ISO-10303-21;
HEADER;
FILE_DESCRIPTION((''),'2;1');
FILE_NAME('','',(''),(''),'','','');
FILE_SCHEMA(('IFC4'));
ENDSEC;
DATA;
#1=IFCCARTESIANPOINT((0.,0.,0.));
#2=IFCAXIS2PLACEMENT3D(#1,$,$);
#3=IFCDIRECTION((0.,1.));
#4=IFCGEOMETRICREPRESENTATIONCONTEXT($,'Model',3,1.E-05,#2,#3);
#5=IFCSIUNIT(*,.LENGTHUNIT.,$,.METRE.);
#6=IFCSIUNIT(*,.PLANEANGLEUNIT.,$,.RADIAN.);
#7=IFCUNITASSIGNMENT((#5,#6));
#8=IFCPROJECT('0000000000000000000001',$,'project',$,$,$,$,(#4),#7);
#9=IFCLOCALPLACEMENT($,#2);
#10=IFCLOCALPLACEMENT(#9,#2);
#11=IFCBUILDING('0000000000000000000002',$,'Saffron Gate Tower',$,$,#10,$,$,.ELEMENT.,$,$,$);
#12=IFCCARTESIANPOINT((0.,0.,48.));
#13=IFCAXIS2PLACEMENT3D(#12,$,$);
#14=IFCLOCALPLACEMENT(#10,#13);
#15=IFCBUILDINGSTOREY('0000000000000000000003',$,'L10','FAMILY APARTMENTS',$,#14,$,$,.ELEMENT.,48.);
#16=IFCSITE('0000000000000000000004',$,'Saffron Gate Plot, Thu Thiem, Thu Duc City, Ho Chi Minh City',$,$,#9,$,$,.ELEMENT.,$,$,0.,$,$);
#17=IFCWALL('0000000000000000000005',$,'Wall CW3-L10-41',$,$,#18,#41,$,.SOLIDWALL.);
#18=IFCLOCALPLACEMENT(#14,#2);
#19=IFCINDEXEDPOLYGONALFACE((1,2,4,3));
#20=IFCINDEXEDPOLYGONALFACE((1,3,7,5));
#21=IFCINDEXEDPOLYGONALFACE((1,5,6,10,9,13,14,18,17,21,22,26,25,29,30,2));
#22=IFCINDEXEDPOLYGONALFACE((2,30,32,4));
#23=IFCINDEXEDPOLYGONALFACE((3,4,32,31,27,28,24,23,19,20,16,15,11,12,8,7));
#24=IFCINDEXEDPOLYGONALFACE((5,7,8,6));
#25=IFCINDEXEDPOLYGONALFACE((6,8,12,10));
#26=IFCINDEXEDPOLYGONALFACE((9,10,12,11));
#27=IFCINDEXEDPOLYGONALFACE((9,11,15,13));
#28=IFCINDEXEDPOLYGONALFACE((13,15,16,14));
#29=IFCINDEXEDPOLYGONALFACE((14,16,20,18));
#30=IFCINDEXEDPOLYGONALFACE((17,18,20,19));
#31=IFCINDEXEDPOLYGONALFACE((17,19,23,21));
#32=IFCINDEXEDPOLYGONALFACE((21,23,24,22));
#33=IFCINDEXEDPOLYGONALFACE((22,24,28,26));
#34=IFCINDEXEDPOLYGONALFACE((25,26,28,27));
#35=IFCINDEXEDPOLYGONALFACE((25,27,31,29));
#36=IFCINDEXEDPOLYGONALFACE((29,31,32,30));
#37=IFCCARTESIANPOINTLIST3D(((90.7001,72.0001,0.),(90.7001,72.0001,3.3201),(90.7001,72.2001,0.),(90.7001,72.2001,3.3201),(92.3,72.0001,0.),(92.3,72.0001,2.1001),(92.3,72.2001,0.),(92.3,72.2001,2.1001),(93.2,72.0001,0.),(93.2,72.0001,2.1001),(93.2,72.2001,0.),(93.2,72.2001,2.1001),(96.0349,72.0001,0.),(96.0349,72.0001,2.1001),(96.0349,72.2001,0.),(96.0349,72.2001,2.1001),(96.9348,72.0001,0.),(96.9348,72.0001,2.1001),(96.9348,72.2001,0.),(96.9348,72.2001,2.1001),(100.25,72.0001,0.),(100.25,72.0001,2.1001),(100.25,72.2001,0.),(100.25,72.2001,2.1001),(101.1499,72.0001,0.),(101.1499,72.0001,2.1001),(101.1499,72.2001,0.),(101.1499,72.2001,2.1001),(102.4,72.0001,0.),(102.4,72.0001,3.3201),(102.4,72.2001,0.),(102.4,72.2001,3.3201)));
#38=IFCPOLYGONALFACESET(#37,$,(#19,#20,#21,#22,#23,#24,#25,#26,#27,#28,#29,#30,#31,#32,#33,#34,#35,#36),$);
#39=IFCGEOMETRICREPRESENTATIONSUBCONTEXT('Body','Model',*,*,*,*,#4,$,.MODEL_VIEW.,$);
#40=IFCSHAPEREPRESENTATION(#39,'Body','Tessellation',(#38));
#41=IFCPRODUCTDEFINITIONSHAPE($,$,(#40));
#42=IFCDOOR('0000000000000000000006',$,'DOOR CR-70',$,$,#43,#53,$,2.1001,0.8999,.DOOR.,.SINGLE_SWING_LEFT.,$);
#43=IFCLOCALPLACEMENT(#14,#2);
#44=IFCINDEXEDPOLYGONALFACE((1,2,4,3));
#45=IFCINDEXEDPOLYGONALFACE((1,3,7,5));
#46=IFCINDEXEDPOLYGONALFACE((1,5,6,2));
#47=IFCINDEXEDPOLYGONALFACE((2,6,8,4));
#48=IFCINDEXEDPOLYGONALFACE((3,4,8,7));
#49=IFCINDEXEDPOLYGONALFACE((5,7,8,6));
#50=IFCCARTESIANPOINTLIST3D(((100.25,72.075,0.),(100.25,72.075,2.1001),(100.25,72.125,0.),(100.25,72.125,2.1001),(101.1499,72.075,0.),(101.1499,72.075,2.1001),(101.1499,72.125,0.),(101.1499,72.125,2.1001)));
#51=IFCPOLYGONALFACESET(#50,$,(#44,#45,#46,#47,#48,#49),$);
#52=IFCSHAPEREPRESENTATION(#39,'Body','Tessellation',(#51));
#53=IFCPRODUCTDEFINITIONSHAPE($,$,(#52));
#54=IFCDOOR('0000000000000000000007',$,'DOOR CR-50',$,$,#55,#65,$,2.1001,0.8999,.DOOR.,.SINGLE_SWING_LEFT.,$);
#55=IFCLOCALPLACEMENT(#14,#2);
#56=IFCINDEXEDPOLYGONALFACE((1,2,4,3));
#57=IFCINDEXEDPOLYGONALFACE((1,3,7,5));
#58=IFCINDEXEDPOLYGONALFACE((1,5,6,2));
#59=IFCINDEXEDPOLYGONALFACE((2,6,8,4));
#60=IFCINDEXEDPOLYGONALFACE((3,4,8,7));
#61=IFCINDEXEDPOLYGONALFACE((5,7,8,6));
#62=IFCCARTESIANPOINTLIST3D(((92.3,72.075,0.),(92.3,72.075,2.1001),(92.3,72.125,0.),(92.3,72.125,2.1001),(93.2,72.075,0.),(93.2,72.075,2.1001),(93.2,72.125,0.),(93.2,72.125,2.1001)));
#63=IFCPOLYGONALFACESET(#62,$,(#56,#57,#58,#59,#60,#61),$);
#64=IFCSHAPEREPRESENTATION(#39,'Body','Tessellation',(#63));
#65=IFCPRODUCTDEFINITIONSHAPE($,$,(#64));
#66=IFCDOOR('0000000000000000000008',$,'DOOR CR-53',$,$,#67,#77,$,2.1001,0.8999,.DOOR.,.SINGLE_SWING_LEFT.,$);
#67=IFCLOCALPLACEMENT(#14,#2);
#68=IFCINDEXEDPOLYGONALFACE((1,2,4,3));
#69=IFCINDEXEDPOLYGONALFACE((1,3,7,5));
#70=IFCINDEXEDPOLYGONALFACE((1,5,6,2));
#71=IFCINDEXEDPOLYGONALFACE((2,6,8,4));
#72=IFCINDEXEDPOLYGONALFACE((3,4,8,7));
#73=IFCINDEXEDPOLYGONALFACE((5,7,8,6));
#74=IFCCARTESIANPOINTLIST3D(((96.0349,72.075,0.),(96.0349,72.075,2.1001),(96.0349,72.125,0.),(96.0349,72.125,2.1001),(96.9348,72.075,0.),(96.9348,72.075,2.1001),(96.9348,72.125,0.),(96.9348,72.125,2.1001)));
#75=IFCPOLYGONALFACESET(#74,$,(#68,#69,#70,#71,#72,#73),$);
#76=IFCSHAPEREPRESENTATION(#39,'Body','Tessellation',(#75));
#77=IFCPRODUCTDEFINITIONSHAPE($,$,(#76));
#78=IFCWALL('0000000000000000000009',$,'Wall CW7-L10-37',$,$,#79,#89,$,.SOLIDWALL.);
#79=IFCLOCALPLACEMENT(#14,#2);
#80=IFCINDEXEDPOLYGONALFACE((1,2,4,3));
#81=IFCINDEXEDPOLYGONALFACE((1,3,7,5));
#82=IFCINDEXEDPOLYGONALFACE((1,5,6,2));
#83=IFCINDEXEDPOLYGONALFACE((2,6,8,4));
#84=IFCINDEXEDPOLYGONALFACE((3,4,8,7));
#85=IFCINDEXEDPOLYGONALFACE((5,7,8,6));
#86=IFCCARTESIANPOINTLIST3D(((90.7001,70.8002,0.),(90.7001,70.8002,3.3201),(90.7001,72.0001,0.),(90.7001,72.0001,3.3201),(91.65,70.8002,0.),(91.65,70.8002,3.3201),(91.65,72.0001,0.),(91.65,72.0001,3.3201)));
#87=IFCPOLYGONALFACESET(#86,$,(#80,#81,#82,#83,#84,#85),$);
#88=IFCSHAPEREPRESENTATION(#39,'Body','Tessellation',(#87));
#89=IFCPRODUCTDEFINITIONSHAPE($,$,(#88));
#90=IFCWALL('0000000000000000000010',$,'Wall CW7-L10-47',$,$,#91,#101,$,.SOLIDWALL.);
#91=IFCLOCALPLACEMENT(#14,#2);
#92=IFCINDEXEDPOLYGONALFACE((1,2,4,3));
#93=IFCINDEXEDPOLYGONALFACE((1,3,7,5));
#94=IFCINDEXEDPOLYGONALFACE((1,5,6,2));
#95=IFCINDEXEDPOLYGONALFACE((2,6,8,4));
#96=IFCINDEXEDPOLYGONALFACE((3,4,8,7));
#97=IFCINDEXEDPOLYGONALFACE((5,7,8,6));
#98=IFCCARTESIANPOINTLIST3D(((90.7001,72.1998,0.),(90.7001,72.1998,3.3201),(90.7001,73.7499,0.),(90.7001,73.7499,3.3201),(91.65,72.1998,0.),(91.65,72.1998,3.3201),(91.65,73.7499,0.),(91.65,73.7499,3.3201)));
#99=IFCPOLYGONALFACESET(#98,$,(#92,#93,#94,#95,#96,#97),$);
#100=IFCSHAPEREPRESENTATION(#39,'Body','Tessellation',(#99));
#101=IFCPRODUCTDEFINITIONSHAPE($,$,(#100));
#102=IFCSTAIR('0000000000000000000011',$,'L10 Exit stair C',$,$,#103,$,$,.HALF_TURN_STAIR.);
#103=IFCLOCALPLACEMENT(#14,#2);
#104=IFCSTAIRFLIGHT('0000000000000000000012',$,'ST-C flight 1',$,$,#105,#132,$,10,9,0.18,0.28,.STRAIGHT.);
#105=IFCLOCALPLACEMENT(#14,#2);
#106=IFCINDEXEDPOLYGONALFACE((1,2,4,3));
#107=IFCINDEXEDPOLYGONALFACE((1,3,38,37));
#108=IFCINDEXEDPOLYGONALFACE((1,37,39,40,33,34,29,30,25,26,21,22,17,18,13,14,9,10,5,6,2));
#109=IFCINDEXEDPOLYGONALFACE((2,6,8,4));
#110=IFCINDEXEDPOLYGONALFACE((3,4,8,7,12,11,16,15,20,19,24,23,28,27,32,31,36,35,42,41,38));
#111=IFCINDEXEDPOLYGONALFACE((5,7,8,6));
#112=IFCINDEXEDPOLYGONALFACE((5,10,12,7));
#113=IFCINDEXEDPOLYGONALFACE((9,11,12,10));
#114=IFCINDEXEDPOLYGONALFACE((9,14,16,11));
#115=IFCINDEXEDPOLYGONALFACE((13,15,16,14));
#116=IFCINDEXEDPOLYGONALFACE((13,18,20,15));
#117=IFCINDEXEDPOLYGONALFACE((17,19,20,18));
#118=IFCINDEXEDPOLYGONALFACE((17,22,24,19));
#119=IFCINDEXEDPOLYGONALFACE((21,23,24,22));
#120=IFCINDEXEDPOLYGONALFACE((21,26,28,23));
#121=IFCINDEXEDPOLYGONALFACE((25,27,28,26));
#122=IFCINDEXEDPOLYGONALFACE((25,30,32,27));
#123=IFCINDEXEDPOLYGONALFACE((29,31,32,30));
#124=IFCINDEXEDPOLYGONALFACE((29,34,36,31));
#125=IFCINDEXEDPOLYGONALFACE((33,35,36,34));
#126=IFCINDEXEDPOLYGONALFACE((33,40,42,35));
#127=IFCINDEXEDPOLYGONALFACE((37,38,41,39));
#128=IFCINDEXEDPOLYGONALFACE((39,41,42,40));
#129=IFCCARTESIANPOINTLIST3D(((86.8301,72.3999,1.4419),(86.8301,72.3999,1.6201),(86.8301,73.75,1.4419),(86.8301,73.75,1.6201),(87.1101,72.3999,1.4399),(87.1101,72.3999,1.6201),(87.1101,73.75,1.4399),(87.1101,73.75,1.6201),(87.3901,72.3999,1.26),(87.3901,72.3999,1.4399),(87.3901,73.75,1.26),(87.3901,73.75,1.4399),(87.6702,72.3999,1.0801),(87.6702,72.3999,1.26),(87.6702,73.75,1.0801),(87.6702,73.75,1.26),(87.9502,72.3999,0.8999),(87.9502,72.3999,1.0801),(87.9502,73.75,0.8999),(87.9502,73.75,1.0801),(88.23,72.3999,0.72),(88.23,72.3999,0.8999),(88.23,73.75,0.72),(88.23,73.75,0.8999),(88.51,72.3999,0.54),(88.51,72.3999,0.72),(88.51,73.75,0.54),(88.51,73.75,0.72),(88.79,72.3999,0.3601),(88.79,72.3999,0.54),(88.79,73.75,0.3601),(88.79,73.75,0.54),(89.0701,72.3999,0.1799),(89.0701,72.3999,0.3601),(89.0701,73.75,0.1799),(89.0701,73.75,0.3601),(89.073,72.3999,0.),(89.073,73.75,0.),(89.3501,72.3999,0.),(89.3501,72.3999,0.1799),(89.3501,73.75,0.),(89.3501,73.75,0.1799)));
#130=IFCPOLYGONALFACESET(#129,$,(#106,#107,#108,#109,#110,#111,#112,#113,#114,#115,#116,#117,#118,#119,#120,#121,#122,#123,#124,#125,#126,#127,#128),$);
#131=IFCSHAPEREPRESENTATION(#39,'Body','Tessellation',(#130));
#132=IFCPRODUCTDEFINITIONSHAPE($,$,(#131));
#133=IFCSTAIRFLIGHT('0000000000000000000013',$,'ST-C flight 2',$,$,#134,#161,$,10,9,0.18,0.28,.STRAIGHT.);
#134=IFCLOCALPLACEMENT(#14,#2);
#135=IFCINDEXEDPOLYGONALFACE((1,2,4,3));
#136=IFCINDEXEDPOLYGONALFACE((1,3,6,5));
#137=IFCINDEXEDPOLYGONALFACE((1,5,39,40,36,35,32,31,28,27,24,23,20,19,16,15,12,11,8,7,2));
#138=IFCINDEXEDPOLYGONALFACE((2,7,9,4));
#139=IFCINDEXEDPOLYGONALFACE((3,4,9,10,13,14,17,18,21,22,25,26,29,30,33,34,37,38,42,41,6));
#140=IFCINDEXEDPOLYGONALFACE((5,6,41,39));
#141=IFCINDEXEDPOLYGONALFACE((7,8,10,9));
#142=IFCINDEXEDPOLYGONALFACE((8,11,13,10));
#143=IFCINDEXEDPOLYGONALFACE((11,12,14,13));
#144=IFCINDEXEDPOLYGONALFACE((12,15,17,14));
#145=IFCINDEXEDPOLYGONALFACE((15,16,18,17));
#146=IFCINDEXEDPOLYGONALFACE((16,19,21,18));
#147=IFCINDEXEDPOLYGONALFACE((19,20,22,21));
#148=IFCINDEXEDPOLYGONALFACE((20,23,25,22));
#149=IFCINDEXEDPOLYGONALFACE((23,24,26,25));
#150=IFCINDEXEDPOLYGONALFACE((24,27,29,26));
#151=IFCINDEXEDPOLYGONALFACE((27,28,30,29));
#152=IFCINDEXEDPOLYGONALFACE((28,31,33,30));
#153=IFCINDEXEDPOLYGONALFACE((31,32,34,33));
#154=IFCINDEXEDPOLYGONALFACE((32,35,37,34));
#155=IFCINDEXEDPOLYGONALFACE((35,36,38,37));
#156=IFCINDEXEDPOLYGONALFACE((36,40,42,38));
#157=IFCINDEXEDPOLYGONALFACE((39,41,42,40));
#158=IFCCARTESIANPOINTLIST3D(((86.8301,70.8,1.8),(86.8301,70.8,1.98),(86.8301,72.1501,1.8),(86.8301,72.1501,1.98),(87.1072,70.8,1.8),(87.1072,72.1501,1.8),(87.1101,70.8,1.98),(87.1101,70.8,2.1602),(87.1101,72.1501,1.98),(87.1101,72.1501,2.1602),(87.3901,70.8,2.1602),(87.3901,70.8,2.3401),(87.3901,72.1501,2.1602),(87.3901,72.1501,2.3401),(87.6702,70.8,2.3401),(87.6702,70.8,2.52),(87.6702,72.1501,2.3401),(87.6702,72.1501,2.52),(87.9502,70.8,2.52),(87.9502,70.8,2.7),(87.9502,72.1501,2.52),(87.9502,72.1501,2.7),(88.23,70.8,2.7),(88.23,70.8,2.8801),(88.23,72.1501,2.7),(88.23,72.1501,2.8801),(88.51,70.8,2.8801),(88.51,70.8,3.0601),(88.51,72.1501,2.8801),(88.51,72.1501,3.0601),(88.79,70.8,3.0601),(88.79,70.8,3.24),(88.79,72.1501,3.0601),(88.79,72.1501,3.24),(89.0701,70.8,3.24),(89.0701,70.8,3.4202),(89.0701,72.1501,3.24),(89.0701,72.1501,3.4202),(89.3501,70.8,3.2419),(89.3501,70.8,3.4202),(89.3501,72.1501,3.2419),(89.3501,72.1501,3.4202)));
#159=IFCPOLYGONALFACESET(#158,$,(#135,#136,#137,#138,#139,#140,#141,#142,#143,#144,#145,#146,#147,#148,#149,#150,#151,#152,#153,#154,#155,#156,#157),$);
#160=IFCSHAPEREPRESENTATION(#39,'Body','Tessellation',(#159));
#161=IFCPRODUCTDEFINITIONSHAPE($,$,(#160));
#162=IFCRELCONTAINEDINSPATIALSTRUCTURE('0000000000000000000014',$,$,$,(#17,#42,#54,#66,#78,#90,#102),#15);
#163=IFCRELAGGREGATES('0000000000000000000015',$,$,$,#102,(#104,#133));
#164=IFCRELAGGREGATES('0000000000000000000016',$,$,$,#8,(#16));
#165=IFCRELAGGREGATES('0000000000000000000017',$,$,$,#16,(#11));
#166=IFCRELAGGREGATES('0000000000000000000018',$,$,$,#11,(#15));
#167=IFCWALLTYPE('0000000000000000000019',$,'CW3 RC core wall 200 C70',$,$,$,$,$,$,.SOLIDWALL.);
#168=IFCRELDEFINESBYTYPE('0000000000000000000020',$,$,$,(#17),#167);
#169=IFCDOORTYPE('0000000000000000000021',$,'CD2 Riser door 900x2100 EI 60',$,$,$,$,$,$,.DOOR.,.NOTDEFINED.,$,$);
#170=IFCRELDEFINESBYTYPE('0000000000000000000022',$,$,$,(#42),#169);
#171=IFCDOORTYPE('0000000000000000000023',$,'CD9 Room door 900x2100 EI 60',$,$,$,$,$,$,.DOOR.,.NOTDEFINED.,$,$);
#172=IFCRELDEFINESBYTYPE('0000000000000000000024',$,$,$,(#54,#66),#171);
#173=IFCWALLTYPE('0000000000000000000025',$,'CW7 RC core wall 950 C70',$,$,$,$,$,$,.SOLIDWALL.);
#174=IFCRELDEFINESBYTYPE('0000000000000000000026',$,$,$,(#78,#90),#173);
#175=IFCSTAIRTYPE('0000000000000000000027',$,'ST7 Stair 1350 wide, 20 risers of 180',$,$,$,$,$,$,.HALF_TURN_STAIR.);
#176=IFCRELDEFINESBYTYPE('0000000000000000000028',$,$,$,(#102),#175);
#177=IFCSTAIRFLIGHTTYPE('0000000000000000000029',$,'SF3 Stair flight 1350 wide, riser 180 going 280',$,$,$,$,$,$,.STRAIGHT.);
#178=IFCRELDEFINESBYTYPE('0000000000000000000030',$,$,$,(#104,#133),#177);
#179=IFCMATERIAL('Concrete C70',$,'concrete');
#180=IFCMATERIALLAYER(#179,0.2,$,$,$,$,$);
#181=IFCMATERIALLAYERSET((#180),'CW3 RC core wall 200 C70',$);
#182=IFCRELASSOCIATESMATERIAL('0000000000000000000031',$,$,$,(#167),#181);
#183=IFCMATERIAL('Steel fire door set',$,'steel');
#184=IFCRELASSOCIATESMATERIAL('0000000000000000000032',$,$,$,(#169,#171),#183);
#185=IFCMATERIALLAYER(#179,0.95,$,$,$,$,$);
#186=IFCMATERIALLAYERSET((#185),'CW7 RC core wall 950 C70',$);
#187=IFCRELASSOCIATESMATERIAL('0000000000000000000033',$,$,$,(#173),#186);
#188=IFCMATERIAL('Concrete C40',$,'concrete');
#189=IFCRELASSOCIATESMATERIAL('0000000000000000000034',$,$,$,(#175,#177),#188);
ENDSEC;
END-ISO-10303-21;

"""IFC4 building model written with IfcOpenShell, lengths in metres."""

from ifc_helpers import new_model, si_unit, direction, frame, frame_2d, origin, place, context, subcontext, project, spatial, polyline, rectangle, outline, extrude, material, layer, layer_set, type_object, element, fill, aggregate, save


model = new_model("IFC4")

# Units and contexts
model_context = context("Model", 3, precision=1e-05, world=origin(), true_north=direction((0.0, 1.0)))
body_context = subcontext(model_context, "Body", "Model", "MODEL_VIEW")
ifc_project = project(units=[si_unit("LENGTHUNIT", "METRE"), si_unit("PLANEANGLEUNIT", "RADIAN")], contexts=[model_context])

# Site, building, storey
site_placement = place(None, origin())
site = spatial("IfcSite", under=ifc_project, at=site_placement, Name="Saffron Gate Plot, Thu Thiem, Thu Duc City, Ho Chi Minh City", CompositionType="ELEMENT", RefElevation=0.0)
building_placement = place(site_placement, origin())
building = spatial("IfcBuilding", under=site, at=building_placement, Name="Saffron Gate Tower", CompositionType="ELEMENT")
storey_placement = place(building_placement, frame((0.0, 0.0, 48.0)))
storey = spatial("IfcBuildingStorey", under=building, at=storey_placement, Name="L10", Description="FAMILY APARTMENTS", CompositionType="ELEMENT", Elevation=48.0)

# Shared definitions
ifc_material_1 = material(Name="Concrete C70", Category="concrete")
ifc_material_2 = material(Name="Steel fire door set", Category="steel")

# Shared definitions
ifc_layer_1 = layer(ifc_material_1, 0.2)
ifc_layer_set_1 = layer_set([ifc_layer_1], Name="CW3 RC core wall 200 C70")
wall_type_1 = type_object("IfcWallType", Name="CW3 RC core wall 200 C70", PredefinedType="SOLIDWALL", material=ifc_layer_set_1)
door_type_1 = type_object("IfcDoorType", Name="CD2 Riser door 900x2100 EI 60", OperationType="NOTDEFINED", PredefinedType="DOOR", material=ifc_material_2)

# Wall, openings, doors
wall_1_placement = place(storey_placement, frame((90.7, 72.1001, 0.0), z_axis=(0.0, 0.0, 1.0), x_axis=(1.0, 0.0, 0.0)))
wall_1 = element("IfcWall", 1, at=wall_1_placement, inside=storey, type_object=wall_type_1, Name="Wall CW3-L10-41", PredefinedType="SOLIDWALL", context=body_context, shape_type="SweptSolid", body=[
    extrude(rectangle(XDim=11.7, YDim=0.2, at=frame_2d((5.8501, 0.0))), origin(), (0.0, 0.0, 1.0), 3.3201),
])
opening_1_placement = place(wall_1_placement, frame((1.6001, 0.0, 0.0)))
opening_1 = element("IfcOpeningElement", 2, at=opening_1_placement, cuts=wall_1, PredefinedType="OPENING", context=body_context, shape_type="SweptSolid", body=[
    extrude(rectangle(XDim=0.8999, YDim=2.1001, at=frame_2d((0.45, 1.05))), frame((0.0, 0.1099, 0.0), z_axis=(0.0, -1.0, 0.0), x_axis=(1.0, 0.0, 0.0)), (0.0, 0.0, 1.0), 0.22),
])
opening_2_placement = place(wall_1_placement, frame((5.335, 0.0, 0.0)))
opening_2 = element("IfcOpeningElement", 3, at=opening_2_placement, cuts=wall_1, PredefinedType="OPENING", context=body_context, shape_type="SweptSolid", body=[
    extrude(rectangle(XDim=0.8999, YDim=2.1001, at=frame_2d((0.45, 1.05))), frame((0.0, 0.1099, 0.0), z_axis=(0.0, -1.0, 0.0), x_axis=(1.0, 0.0, 0.0)), (0.0, 0.0, 1.0), 0.22),
])
opening_3_placement = place(wall_1_placement, frame((9.55, 0.0, 0.0)))
opening_3 = element("IfcOpeningElement", 4, at=opening_3_placement, cuts=wall_1, PredefinedType="OPENING", context=body_context, shape_type="SweptSolid", body=[
    extrude(rectangle(XDim=0.8999, YDim=2.1001, at=frame_2d((0.45, 1.05))), frame((0.0, 0.1099, 0.0), z_axis=(0.0, -1.0, 0.0), x_axis=(1.0, 0.0, 0.0)), (0.0, 0.0, 1.0), 0.22),
])
door_1_placement = place(opening_3_placement, origin())
door_1 = element("IfcDoor", 5, at=door_1_placement, inside=storey, type_object=door_type_1, Name="DOOR CR-70", OperationType="SINGLE_SWING_LEFT", OverallHeight=2.1001, OverallWidth=0.8999, PredefinedType="DOOR", context=body_context, shape_type="SweptSolid", body=[
    extrude(rectangle(XDim=0.8999, YDim=2.1001, at=frame_2d((0.45, 1.05))), frame((0.0, 0.0249, 0.0), z_axis=(0.0, -1.0, 0.0), x_axis=(1.0, 0.0, 0.0)), (0.0, 0.0, 1.0), 0.05),
])
fill(opening_3, door_1)
door_type_2 = type_object("IfcDoorType", Name="CD9 Room door 900x2100 EI 60", OperationType="NOTDEFINED", PredefinedType="DOOR", material=ifc_material_2)
door_2_placement = place(opening_1_placement, origin())
door_2 = element("IfcDoor", 6, at=door_2_placement, inside=storey, type_object=door_type_2, Name="DOOR CR-50", OperationType="SINGLE_SWING_LEFT", OverallHeight=2.1001, OverallWidth=0.8999, PredefinedType="DOOR", context=body_context, shape_type="SweptSolid", body=[
    extrude(rectangle(XDim=0.8999, YDim=2.1001, at=frame_2d((0.45, 1.05))), frame((0.0, 0.0249, 0.0), z_axis=(0.0, -1.0, 0.0), x_axis=(1.0, 0.0, 0.0)), (0.0, 0.0, 1.0), 0.05),
])
fill(opening_1, door_2)
door_3_placement = place(opening_2_placement, origin())
door_3 = element("IfcDoor", 7, at=door_3_placement, inside=storey, type_object=door_type_2, Name="DOOR CR-53", OperationType="SINGLE_SWING_LEFT", OverallHeight=2.1001, OverallWidth=0.8999, PredefinedType="DOOR", context=body_context, shape_type="SweptSolid", body=[
    extrude(rectangle(XDim=0.8999, YDim=2.1001, at=frame_2d((0.45, 1.05))), frame((0.0, 0.0249, 0.0), z_axis=(0.0, -1.0, 0.0), x_axis=(1.0, 0.0, 0.0)), (0.0, 0.0, 1.0), 0.05),
])
fill(opening_2, door_3)

# Walls
ifc_layer_2 = layer(ifc_material_1, 0.95)
ifc_layer_set_2 = layer_set([ifc_layer_2], Name="CW7 RC core wall 950 C70")
wall_type_2 = type_object("IfcWallType", Name="CW7 RC core wall 950 C70", PredefinedType="SOLIDWALL", material=ifc_layer_set_2)
wall_2_placement = place(storey_placement, frame((91.175, 70.8, 0.0), z_axis=(0.0, 0.0, 1.0), x_axis=(0.0, 1.0, 0.0)))
element("IfcWall", 8, at=wall_2_placement, inside=storey, type_object=wall_type_2, Name="Wall CW7-L10-37", PredefinedType="SOLIDWALL", context=body_context, shape_type="SweptSolid", body=[
    extrude(rectangle(XDim=1.2, YDim=0.95, at=frame_2d((0.6001, 0.0))), origin(), (0.0, 0.0, 1.0), 3.3201),
])
wall_3_placement = place(storey_placement, frame((91.175, 72.2, 0.0), z_axis=(0.0, 0.0, 1.0), x_axis=(0.0, 1.0, 0.0)))
element("IfcWall", 9, at=wall_3_placement, inside=storey, type_object=wall_type_2, Name="Wall CW7-L10-47", PredefinedType="SOLIDWALL", context=body_context, shape_type="SweptSolid", body=[
    extrude(rectangle(XDim=1.55, YDim=0.95, at=frame_2d((0.7749, 0.0))), origin(), (0.0, 0.0, 1.0), 3.3201),
])

# Stair, stair flights
ifc_material_3 = material(Name="Concrete C40", Category="concrete")
stair_type = type_object("IfcStairType", Name="ST7 Stair 1350 wide, 20 risers of 180", PredefinedType="HALF_TURN_STAIR", material=ifc_material_3)
stair_placement = place(storey_placement, origin())
stair = element("IfcStair", 10, at=stair_placement, inside=storey, type_object=stair_type, Name="L10 Exit stair C", PredefinedType="HALF_TURN_STAIR")
stair_flight_type = type_object("IfcStairFlightType", Name="SF3 Stair flight 1350 wide, riser 180 going 280", PredefinedType="STRAIGHT", material=ifc_material_3)
stair_flight_1_placement = place(storey_placement, frame((89.3501, 73.075, 0.0), z_axis=(0.0, 0.0, 1.0), x_axis=(-1.0, 0.0, 0.0)))
stair_flight_1 = element("IfcStairFlight", 11, at=stair_flight_1_placement, type_object=stair_flight_type, Name="ST-C flight 1", NumberOfRisers=10, NumberOfTreads=9, PredefinedType="STRAIGHT", RiserHeight=0.18, TreadLength=0.28, context=body_context, shape_type="SweptSolid", body=[
    extrude(outline(polyline([(0.0, 0.0), (0.0, 0.1799), (0.28, 0.1799), (0.28, 0.3601), (0.5601, 0.3601), (0.5601, 0.54), (0.8401, 0.54), (0.8401, 0.72), (1.1201, 0.72), (1.1201, 0.8999), (1.3999, 0.8999), (1.3999, 1.0801), (1.6799, 1.0801), (1.6799, 1.26), (1.96, 1.26), (1.96, 1.4399), (2.24, 1.4399), (2.24, 1.6201), (2.52, 1.6201), (2.52, 1.8), (2.52, 1.4419), (0.2771, 0.0), (0.0, 0.0)])), frame((0.0, 0.675, 0.0), z_axis=(0.0, -1.0, 0.0), x_axis=(1.0, 0.0, 0.0)), (0.0, 0.0, 1.0), 1.3501),
])
stair_flight_2_placement = place(storey_placement, frame((86.8301, 71.4751, 1.8), z_axis=(0.0, 0.0, 1.0), x_axis=(1.0, 0.0, 0.0)))
stair_flight_2 = element("IfcStairFlight", 12, at=stair_flight_2_placement, type_object=stair_flight_type, Name="ST-C flight 2", NumberOfRisers=10, NumberOfTreads=9, PredefinedType="STRAIGHT", RiserHeight=0.18, TreadLength=0.28, context=body_context, shape_type="SweptSolid", body=[
    extrude(outline(polyline([(0.0, 0.0), (0.0, 0.1799), (0.28, 0.1799), (0.28, 0.3601), (0.5601, 0.3601), (0.5601, 0.54), (0.8401, 0.54), (0.8401, 0.72), (1.1201, 0.72), (1.1201, 0.8999), (1.3999, 0.8999), (1.3999, 1.0801), (1.6799, 1.0801), (1.6799, 1.26), (1.96, 1.26), (1.96, 1.4399), (2.24, 1.4399), (2.24, 1.6201), (2.52, 1.6201), (2.52, 1.8), (2.52, 1.4419), (0.2771, 0.0), (0.0, 0.0)])), frame((0.0, 0.675, 0.0), z_axis=(0.0, -1.0, 0.0), x_axis=(1.0, 0.0, 0.0)), (0.0, 0.0, 1.0), 1.3501),
])
aggregate(stair, [stair_flight_1, stair_flight_2])

save(model, "model.ifc")
